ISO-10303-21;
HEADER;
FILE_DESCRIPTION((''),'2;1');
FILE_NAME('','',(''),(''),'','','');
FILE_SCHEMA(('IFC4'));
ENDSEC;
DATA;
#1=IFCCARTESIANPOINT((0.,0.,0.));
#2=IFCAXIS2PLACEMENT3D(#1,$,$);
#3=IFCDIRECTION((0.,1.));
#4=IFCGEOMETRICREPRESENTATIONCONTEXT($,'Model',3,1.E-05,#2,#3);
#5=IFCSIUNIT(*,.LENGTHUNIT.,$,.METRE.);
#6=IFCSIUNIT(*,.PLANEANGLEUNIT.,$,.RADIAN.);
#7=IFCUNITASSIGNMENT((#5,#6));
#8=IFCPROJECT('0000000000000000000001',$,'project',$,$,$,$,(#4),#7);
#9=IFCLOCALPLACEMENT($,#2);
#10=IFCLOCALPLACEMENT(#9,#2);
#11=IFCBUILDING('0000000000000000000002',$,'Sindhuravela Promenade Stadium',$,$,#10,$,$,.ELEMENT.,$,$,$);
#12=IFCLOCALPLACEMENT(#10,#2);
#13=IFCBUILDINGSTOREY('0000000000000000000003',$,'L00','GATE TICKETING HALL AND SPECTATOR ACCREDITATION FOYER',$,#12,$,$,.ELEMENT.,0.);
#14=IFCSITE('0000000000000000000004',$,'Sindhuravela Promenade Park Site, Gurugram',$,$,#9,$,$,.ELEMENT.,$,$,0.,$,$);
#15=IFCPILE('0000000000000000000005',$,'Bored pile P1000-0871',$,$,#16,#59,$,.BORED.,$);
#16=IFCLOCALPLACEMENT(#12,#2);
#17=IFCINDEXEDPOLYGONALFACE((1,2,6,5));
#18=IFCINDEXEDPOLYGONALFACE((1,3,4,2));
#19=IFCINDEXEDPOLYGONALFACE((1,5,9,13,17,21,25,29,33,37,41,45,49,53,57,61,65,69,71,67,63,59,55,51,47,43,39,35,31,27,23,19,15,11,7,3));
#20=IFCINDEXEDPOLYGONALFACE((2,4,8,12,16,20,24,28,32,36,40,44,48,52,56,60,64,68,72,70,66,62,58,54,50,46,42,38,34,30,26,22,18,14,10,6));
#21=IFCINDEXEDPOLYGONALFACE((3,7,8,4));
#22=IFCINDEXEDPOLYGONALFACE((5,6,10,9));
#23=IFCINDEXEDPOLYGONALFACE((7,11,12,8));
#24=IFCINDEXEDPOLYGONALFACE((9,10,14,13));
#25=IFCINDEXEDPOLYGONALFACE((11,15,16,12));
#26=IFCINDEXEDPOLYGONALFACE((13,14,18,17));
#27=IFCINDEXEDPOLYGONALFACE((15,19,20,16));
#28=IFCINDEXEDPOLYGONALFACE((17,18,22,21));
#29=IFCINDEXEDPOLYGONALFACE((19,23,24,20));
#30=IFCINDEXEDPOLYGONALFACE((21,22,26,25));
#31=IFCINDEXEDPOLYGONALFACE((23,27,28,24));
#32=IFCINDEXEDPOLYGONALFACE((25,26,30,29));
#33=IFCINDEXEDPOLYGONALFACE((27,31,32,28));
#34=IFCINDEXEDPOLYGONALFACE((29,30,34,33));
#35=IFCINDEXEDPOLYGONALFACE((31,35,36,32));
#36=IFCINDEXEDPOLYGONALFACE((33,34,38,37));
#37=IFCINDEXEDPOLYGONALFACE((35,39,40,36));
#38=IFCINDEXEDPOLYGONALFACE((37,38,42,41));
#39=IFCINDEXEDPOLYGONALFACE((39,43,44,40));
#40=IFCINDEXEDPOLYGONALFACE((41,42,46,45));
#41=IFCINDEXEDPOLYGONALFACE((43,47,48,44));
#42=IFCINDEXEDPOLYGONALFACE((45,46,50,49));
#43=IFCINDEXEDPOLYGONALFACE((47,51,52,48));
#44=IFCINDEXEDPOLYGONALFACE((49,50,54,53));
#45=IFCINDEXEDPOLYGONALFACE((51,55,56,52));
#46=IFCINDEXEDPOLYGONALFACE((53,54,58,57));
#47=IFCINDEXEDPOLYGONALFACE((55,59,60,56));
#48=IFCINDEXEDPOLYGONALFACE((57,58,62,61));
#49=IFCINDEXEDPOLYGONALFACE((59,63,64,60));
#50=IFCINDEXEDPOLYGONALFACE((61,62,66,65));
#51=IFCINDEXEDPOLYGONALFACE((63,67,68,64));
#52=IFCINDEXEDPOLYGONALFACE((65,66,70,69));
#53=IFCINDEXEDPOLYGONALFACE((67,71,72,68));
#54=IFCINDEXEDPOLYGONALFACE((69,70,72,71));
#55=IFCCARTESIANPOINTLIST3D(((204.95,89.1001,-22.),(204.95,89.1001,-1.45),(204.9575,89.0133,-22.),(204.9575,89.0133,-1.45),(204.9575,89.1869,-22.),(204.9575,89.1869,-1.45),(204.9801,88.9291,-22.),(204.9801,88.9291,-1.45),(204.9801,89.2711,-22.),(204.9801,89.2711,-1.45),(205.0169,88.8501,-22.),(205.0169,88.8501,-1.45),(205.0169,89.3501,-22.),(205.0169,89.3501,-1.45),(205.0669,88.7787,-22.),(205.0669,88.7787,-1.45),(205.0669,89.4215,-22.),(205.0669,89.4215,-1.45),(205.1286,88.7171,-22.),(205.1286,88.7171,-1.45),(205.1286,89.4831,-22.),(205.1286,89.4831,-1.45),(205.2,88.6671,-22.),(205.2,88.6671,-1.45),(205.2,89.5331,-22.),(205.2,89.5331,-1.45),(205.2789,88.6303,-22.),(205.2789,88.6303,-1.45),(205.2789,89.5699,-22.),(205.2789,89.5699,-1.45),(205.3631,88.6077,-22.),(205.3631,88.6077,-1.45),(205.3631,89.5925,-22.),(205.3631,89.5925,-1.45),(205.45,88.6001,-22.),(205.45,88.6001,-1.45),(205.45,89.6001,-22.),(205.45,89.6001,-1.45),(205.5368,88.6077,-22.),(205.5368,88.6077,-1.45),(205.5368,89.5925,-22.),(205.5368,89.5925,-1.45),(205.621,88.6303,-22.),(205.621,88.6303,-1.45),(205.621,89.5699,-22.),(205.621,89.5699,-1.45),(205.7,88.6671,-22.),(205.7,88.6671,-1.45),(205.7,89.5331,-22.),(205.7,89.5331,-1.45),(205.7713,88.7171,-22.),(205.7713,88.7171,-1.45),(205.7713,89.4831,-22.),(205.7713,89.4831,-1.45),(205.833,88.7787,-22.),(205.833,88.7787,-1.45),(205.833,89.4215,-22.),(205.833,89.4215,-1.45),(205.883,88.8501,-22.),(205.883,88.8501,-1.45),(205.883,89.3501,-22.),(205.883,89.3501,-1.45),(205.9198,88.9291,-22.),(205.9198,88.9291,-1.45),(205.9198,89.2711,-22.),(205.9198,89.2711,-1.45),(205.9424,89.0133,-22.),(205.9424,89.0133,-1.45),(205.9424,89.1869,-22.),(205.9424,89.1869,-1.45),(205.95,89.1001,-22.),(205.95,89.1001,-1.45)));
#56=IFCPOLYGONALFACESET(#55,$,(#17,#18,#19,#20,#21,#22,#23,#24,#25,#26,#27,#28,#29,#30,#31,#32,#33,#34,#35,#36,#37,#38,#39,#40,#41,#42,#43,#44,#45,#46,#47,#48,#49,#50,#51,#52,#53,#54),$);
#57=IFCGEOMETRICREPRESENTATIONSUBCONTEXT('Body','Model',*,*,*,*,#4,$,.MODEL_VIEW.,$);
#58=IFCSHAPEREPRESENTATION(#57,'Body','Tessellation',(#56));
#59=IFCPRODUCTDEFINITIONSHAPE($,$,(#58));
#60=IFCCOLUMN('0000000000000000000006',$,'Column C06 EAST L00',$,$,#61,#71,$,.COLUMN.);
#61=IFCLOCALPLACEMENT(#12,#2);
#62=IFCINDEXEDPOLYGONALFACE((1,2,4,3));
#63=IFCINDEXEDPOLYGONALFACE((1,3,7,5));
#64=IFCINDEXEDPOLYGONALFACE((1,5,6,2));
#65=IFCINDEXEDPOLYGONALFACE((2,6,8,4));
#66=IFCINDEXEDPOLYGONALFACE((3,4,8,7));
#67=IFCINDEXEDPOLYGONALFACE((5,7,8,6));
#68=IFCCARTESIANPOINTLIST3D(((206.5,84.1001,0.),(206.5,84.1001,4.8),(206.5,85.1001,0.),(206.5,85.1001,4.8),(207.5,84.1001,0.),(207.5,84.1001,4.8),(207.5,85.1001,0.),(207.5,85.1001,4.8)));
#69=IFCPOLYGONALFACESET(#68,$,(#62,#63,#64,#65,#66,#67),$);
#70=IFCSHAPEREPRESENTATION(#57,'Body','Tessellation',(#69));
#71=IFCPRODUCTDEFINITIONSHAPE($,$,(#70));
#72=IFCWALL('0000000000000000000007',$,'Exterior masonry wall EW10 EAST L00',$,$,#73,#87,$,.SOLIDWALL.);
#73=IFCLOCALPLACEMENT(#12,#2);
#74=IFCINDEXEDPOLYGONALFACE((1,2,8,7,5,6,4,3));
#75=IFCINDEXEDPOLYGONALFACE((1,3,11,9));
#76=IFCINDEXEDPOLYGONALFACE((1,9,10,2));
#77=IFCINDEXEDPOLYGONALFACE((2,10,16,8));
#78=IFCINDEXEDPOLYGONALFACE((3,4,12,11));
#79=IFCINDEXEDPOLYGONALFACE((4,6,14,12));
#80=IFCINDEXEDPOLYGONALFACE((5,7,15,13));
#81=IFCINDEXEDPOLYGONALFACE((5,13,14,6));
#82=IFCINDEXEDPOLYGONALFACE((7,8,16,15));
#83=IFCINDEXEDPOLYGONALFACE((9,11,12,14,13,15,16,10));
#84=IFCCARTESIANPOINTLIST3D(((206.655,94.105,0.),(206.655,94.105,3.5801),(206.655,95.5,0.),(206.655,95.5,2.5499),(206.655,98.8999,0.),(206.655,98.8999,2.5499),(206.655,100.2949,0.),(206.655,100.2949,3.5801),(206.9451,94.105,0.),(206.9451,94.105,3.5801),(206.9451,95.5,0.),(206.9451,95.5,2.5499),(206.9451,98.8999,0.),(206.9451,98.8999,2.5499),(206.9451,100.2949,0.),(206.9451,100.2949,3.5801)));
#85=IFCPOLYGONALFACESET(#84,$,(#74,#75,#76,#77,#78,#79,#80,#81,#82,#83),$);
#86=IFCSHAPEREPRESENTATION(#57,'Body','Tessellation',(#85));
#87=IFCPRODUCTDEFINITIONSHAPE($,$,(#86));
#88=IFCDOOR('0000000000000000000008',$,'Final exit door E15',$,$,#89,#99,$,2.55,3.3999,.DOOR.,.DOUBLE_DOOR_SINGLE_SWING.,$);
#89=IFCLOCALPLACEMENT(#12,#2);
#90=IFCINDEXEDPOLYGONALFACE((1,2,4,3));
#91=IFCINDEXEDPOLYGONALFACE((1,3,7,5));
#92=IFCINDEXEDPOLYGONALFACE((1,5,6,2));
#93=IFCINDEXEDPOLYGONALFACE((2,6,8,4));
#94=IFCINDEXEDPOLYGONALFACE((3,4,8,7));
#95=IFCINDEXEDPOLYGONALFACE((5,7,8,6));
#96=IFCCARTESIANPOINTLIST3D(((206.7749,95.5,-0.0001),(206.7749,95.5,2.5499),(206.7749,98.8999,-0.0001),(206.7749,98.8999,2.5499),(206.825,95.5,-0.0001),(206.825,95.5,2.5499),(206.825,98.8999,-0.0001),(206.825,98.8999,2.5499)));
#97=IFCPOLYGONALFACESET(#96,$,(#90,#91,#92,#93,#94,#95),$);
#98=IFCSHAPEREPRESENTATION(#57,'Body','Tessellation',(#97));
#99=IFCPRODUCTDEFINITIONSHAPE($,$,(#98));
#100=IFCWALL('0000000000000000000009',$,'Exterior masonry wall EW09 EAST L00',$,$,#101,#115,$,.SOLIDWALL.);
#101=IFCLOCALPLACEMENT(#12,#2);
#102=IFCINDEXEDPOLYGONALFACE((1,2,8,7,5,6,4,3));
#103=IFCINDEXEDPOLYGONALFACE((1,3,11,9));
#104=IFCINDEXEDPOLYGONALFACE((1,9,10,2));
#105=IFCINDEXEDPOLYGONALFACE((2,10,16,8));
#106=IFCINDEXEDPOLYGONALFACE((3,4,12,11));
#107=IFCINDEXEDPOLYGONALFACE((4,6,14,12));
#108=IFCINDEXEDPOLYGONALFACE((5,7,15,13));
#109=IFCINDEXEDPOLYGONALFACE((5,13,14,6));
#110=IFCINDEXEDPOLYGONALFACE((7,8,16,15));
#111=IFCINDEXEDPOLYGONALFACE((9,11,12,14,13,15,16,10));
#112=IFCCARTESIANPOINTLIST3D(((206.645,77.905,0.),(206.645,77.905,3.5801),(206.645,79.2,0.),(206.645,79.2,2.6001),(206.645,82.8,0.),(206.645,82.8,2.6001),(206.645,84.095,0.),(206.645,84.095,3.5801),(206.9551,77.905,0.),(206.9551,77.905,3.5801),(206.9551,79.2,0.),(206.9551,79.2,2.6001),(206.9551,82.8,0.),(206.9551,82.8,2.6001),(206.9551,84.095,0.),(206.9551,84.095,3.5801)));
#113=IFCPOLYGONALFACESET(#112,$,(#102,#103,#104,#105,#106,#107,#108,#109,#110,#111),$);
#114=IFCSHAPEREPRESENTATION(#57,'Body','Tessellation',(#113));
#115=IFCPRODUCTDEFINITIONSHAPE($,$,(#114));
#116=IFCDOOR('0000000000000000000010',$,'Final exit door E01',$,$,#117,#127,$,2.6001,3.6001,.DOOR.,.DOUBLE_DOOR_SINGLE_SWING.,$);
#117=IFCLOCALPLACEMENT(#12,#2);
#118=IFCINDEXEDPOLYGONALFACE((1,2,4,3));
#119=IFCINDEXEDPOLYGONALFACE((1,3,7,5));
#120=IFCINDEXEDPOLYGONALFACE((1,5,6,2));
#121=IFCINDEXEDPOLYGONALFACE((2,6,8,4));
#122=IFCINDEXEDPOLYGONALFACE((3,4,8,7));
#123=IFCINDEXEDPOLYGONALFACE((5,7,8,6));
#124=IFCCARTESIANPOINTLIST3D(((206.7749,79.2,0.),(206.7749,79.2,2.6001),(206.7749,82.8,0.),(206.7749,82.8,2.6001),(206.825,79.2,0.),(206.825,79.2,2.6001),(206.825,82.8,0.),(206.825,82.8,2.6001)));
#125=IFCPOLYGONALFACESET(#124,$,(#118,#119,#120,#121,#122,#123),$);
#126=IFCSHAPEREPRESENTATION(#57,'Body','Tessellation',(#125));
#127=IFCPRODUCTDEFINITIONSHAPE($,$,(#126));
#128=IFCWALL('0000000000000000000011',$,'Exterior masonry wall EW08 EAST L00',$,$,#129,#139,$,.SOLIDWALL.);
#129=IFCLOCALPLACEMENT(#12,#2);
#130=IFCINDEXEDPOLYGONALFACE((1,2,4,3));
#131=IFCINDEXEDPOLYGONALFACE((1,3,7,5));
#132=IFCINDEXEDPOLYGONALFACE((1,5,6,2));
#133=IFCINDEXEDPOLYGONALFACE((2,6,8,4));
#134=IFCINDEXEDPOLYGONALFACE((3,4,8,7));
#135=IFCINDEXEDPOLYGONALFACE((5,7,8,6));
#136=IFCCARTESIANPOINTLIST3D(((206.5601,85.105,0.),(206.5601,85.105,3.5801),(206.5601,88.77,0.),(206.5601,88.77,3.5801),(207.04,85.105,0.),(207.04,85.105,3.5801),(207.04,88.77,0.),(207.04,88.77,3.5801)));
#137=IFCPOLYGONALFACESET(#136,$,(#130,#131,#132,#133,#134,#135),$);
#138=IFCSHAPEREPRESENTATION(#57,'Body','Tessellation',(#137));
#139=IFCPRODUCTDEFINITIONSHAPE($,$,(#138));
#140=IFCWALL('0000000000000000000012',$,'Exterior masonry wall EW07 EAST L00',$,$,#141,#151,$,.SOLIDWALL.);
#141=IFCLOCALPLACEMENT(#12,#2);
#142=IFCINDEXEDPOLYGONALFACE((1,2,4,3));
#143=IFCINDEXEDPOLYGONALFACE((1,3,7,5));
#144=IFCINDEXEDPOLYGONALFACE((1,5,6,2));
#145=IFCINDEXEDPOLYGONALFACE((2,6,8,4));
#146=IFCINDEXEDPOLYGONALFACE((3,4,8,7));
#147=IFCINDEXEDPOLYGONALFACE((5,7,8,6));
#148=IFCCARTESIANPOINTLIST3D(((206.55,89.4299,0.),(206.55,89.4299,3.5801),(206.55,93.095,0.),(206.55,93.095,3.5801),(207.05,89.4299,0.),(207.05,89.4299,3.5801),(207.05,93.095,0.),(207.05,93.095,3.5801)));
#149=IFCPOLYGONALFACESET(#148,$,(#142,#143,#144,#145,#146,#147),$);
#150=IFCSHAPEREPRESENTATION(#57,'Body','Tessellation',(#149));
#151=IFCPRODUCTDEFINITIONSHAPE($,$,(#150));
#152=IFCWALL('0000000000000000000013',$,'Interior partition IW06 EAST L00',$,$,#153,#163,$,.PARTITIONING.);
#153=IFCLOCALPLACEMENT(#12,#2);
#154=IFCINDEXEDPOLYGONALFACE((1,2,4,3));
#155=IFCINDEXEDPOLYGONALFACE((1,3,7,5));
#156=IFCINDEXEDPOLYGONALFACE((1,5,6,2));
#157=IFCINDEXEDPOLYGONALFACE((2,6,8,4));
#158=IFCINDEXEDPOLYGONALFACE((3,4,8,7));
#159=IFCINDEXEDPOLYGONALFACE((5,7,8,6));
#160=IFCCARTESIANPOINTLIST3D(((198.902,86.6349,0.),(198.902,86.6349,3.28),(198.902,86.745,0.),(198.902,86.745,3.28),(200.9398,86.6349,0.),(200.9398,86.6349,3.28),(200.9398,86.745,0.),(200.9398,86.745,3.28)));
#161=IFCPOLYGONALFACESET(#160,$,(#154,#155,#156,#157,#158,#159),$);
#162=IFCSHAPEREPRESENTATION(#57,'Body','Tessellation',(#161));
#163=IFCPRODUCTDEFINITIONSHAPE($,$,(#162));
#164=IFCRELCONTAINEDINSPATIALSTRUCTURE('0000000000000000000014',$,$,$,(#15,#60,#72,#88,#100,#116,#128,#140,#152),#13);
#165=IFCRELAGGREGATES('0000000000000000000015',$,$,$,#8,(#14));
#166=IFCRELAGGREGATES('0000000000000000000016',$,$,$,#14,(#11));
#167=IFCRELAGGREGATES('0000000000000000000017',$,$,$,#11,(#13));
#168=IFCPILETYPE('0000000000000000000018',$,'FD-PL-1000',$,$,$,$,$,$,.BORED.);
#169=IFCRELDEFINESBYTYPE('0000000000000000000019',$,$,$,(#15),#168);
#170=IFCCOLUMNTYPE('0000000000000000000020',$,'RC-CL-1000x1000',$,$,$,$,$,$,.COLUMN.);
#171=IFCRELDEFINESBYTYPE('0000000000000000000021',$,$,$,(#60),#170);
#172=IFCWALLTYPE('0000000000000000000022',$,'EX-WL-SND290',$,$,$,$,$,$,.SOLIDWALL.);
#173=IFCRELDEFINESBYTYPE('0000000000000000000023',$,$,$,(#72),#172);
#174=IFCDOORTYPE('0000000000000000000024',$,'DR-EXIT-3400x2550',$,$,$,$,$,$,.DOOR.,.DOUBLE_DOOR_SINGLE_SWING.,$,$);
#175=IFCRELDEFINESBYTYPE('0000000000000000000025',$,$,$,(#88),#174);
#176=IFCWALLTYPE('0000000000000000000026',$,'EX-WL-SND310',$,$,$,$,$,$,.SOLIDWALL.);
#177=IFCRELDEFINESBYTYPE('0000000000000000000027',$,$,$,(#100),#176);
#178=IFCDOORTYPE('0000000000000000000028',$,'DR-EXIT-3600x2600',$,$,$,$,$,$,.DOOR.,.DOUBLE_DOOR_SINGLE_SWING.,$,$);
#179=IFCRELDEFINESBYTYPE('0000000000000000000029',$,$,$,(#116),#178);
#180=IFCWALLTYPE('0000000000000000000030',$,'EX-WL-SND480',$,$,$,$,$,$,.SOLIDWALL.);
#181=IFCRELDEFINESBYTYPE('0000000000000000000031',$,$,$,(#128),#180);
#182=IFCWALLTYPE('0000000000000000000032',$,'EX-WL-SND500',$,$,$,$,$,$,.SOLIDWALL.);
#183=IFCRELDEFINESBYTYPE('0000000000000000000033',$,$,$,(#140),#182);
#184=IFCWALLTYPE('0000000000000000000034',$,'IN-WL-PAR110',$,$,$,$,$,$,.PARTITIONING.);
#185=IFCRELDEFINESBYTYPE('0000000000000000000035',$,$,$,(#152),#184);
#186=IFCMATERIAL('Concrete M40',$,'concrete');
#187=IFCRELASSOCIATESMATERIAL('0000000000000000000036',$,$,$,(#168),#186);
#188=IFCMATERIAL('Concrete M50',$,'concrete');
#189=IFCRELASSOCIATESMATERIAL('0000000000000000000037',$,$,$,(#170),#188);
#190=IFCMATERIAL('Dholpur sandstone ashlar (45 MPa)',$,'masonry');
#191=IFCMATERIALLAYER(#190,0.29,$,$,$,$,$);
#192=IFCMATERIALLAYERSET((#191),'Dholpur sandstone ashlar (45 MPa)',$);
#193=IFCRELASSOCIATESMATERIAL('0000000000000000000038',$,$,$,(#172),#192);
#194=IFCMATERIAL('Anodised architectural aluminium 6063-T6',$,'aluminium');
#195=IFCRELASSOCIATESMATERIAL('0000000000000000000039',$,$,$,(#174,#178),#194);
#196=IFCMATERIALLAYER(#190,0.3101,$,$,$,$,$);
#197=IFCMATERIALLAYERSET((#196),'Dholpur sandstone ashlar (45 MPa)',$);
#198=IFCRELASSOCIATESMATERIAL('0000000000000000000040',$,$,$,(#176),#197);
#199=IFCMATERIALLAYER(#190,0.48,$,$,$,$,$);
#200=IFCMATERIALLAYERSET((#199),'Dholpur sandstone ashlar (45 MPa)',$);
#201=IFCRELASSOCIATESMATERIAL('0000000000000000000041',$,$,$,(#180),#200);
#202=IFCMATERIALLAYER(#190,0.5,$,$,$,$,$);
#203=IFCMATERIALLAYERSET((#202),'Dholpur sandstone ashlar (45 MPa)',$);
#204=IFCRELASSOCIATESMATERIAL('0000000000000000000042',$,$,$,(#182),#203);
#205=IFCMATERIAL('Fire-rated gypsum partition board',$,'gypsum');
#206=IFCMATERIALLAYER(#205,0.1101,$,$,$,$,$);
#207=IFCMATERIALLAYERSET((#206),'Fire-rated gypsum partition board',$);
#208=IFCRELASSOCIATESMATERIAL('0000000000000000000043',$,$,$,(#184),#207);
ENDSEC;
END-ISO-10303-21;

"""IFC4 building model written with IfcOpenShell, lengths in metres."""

from ifc_helpers import new_model, si_unit, direction, frame, frame_2d, origin, origin_2d, place, context, subcontext, project, spatial, rectangle, circle, extrude, material, layer, layer_set, material_profile, profile_set, type_object, element, fill, save


model = new_model("IFC4")

# Units and contexts
model_context = context("Model", 3, precision=1e-05, world=origin(), true_north=direction((0.0, 1.0)))
body_context = subcontext(model_context, "Body", "Model", "MODEL_VIEW")
ifc_project = project(units=[si_unit("LENGTHUNIT", "METRE"), si_unit("PLANEANGLEUNIT", "RADIAN")], contexts=[model_context])

# Site, building, storey
site_placement = place(None, origin())
site = spatial("IfcSite", under=ifc_project, at=site_placement, Name="Sindhuravela Promenade Park Site, Gurugram", CompositionType="ELEMENT", RefElevation=0.0)
building_placement = place(site_placement, origin())
building = spatial("IfcBuilding", under=site, at=building_placement, Name="Sindhuravela Promenade Stadium", CompositionType="ELEMENT")
storey_placement = place(building_placement, origin())
storey = spatial("IfcBuildingStorey", under=building, at=storey_placement, Name="L00", Description="GATE TICKETING HALL AND SPECTATOR ACCREDITATION FOYER", CompositionType="ELEMENT", Elevation=0.0)

# Pile
ifc_material_1 = material(Name="Concrete M40", Category="concrete")
ifc_material_profile_1 = material_profile(ifc_material_1, circle(Radius=0.5, at=origin_2d()), Name="BORED PILE D1000")
ifc_profile_set_1 = profile_set([ifc_material_profile_1], Name="Concrete M40")
pile_type = type_object("IfcPileType", Name="FD-PL-1000", PredefinedType="BORED", material=ifc_profile_set_1)
pile_placement = place(storey_placement, frame((205.45, 89.1001, -1.45), z_axis=(0.0, 0.0, -1.0), x_axis=(1.0, 0.0, 0.0)))
element("IfcPile", 1, at=pile_placement, inside=storey, type_object=pile_type, Name="Bored pile P1000-0871", PredefinedType="BORED", context=body_context, shape_type="SweptSolid", body=[
    extrude(circle(Radius=0.5, at=origin_2d()), origin(), (0.0, 0.0, 1.0), 20.55),
])

# Column
ifc_material_2 = material(Name="Concrete M50", Category="concrete")
ifc_material_profile_2 = material_profile(ifc_material_2, rectangle(XDim=1.0, YDim=1.0, at=origin_2d()), Name="RC 1000x1000")
ifc_profile_set_2 = profile_set([ifc_material_profile_2], Name="Concrete M50")
column_type = type_object("IfcColumnType", Name="RC-CL-1000x1000", PredefinedType="COLUMN", material=ifc_profile_set_2)
column_placement = place(storey_placement, frame((207.0, 84.6001, 0.0), z_axis=(0.0, 0.0, 1.0), x_axis=(1.0, 0.0, 0.0)))
element("IfcColumn", 2, at=column_placement, inside=storey, type_object=column_type, Name="Column C06 EAST L00", PredefinedType="COLUMN", context=body_context, shape_type="SweptSolid", body=[
    extrude(rectangle(XDim=1.0, YDim=1.0, at=origin_2d()), origin(), (0.0, 0.0, 1.0), 4.8),
])

# Walls, openings, doors
ifc_material_3 = material(Name="Dholpur sandstone ashlar (45 MPa)", Category="masonry")
ifc_layer_1 = layer(ifc_material_3, 0.29)
ifc_layer_set_1 = layer_set([ifc_layer_1], Name="Dholpur sandstone ashlar (45 MPa)")
wall_type_1 = type_object("IfcWallType", Name="EX-WL-SND290", PredefinedType="SOLIDWALL", material=ifc_layer_set_1)
wall_1_placement = place(storey_placement, frame((206.8, 100.2949, 0.0), z_axis=(0.0, 0.0, 1.0), x_axis=(0.0, -1.0, 0.0)))
wall_1 = element("IfcWall", 3, at=wall_1_placement, inside=storey, type_object=wall_type_1, Name="Exterior masonry wall EW10 EAST L00", PredefinedType="SOLIDWALL", context=body_context, shape_type="SweptSolid", body=[
    extrude(rectangle(XDim=6.1899, YDim=0.29, at=frame_2d((3.095, 0.0))), origin(), (0.0, 0.0, 1.0), 3.5801),
])
opening_1_placement = place(wall_1_placement, frame((1.395, 0.0, 0.0)))
opening_1 = element("IfcOpeningElement", 4, at=opening_1_placement, cuts=wall_1, PredefinedType="OPENING", context=body_context, shape_type="SweptSolid", body=[
    extrude(rectangle(XDim=3.3999, YDim=2.55, at=frame_2d((1.7, 1.2749))), frame((0.0, 0.155, 0.0), z_axis=(0.0, -1.0, 0.0), x_axis=(1.0, 0.0, 0.0)), (0.0, 0.0, 1.0), 0.3101),
])
ifc_material_4 = material(Name="Anodised architectural aluminium 6063-T6", Category="aluminium")
door_type_1 = type_object("IfcDoorType", Name="DR-EXIT-3400x2550", OperationType="DOUBLE_DOOR_SINGLE_SWING", PredefinedType="DOOR", material=ifc_material_4)
door_1_placement = place(opening_1_placement, origin())
door_1 = element("IfcDoor", 5, at=door_1_placement, inside=storey, type_object=door_type_1, Name="Final exit door E15", OperationType="DOUBLE_DOOR_SINGLE_SWING", OverallHeight=2.55, OverallWidth=3.3999, PredefinedType="DOOR", context=body_context, shape_type="SweptSolid", body=[
    extrude(rectangle(XDim=3.3999, YDim=2.55, at=frame_2d((1.7, 1.2749))), frame((0.0, 0.0249, 0.0), z_axis=(0.0, -1.0, 0.0), x_axis=(1.0, 0.0, 0.0)), (0.0, 0.0, 1.0), 0.05),
])
fill(opening_1, door_1)
ifc_layer_2 = layer(ifc_material_3, 0.3101)
ifc_layer_set_2 = layer_set([ifc_layer_2], Name="Dholpur sandstone ashlar (45 MPa)")
wall_type_2 = type_object("IfcWallType", Name="EX-WL-SND310", PredefinedType="SOLIDWALL", material=ifc_layer_set_2)
wall_2_placement = place(storey_placement, frame((206.8, 84.095, 0.0), z_axis=(0.0, 0.0, 1.0), x_axis=(0.0, -1.0, 0.0)))
wall_2 = element("IfcWall", 6, at=wall_2_placement, inside=storey, type_object=wall_type_2, Name="Exterior masonry wall EW09 EAST L00", PredefinedType="SOLIDWALL", context=body_context, shape_type="SweptSolid", body=[
    extrude(rectangle(XDim=6.1899, YDim=0.3101, at=frame_2d((3.095, 0.0))), origin(), (0.0, 0.0, 1.0), 3.5801),
])
opening_2_placement = place(wall_2_placement, frame((1.2949, 0.0, 0.0)))
opening_2 = element("IfcOpeningElement", 7, at=opening_2_placement, cuts=wall_2, PredefinedType="OPENING", context=body_context, shape_type="SweptSolid", body=[
    extrude(rectangle(XDim=3.6001, YDim=2.6001, at=frame_2d((1.8, 1.3))), frame((0.0, 0.165, 0.0), z_axis=(0.0, -1.0, 0.0), x_axis=(1.0, 0.0, 0.0)), (0.0, 0.0, 1.0), 0.3301),
])
door_type_2 = type_object("IfcDoorType", Name="DR-EXIT-3600x2600", OperationType="DOUBLE_DOOR_SINGLE_SWING", PredefinedType="DOOR", material=ifc_material_4)
door_2_placement = place(opening_2_placement, origin())
door_2 = element("IfcDoor", 8, at=door_2_placement, inside=storey, type_object=door_type_2, Name="Final exit door E01", OperationType="DOUBLE_DOOR_SINGLE_SWING", OverallHeight=2.6001, OverallWidth=3.6001, PredefinedType="DOOR", context=body_context, shape_type="SweptSolid", body=[
    extrude(rectangle(XDim=3.6001, YDim=2.6001, at=frame_2d((1.8, 1.3))), frame((0.0, 0.0249, 0.0), z_axis=(0.0, -1.0, 0.0), x_axis=(1.0, 0.0, 0.0)), (0.0, 0.0, 1.0), 0.05),
])
fill(opening_2, door_2)

# Walls
ifc_layer_3 = layer(ifc_material_3, 0.48)
ifc_layer_set_3 = layer_set([ifc_layer_3], Name="Dholpur sandstone ashlar (45 MPa)")
wall_type_3 = type_object("IfcWallType", Name="EX-WL-SND480", PredefinedType="SOLIDWALL", material=ifc_layer_set_3)
wall_3_placement = place(storey_placement, frame((206.8, 88.77, 0.0), z_axis=(0.0, 0.0, 1.0), x_axis=(0.0, -1.0, 0.0)))
element("IfcWall", 9, at=wall_3_placement, inside=storey, type_object=wall_type_3, Name="Exterior masonry wall EW08 EAST L00", PredefinedType="SOLIDWALL", context=body_context, shape_type="SweptSolid", body=[
    extrude(rectangle(XDim=3.665, YDim=0.48, at=frame_2d((1.8325, 0.0))), origin(), (0.0, 0.0, 1.0), 3.5801),
])
ifc_layer_4 = layer(ifc_material_3, 0.5)
ifc_layer_set_4 = layer_set([ifc_layer_4], Name="Dholpur sandstone ashlar (45 MPa)")
wall_type_4 = type_object("IfcWallType", Name="EX-WL-SND500", PredefinedType="SOLIDWALL", material=ifc_layer_set_4)
wall_4_placement = place(storey_placement, frame((206.8, 93.095, 0.0), z_axis=(0.0, 0.0, 1.0), x_axis=(0.0, -1.0, 0.0)))
element("IfcWall", 10, at=wall_4_placement, inside=storey, type_object=wall_type_4, Name="Exterior masonry wall EW07 EAST L00", PredefinedType="SOLIDWALL", context=body_context, shape_type="SweptSolid", body=[
    extrude(rectangle(XDim=3.665, YDim=0.5, at=frame_2d((1.8325, 0.0))), origin(), (0.0, 0.0, 1.0), 3.5801),
])
ifc_material_5 = material(Name="Fire-rated gypsum partition board", Category="gypsum")
ifc_layer_5 = layer(ifc_material_5, 0.1101)
ifc_layer_set_5 = layer_set([ifc_layer_5], Name="Fire-rated gypsum partition board")
wall_type_5 = type_object("IfcWallType", Name="IN-WL-PAR110", PredefinedType="PARTITIONING", material=ifc_layer_set_5)
wall_5_placement = place(storey_placement, frame((200.9399, 86.6899, 0.0), z_axis=(0.0, 0.0, 1.0), x_axis=(-1.0, 0.0, 0.0)))
element("IfcWall", 11, at=wall_5_placement, inside=storey, type_object=wall_type_5, Name="Interior partition IW06 EAST L00", PredefinedType="PARTITIONING", context=body_context, shape_type="SweptSolid", body=[
    extrude(rectangle(XDim=2.0378, YDim=0.1101, at=frame_2d((1.019, 0.0))), origin(), (0.0, 0.0, 1.0), 3.28),
])

save(model, "model.ifc")
